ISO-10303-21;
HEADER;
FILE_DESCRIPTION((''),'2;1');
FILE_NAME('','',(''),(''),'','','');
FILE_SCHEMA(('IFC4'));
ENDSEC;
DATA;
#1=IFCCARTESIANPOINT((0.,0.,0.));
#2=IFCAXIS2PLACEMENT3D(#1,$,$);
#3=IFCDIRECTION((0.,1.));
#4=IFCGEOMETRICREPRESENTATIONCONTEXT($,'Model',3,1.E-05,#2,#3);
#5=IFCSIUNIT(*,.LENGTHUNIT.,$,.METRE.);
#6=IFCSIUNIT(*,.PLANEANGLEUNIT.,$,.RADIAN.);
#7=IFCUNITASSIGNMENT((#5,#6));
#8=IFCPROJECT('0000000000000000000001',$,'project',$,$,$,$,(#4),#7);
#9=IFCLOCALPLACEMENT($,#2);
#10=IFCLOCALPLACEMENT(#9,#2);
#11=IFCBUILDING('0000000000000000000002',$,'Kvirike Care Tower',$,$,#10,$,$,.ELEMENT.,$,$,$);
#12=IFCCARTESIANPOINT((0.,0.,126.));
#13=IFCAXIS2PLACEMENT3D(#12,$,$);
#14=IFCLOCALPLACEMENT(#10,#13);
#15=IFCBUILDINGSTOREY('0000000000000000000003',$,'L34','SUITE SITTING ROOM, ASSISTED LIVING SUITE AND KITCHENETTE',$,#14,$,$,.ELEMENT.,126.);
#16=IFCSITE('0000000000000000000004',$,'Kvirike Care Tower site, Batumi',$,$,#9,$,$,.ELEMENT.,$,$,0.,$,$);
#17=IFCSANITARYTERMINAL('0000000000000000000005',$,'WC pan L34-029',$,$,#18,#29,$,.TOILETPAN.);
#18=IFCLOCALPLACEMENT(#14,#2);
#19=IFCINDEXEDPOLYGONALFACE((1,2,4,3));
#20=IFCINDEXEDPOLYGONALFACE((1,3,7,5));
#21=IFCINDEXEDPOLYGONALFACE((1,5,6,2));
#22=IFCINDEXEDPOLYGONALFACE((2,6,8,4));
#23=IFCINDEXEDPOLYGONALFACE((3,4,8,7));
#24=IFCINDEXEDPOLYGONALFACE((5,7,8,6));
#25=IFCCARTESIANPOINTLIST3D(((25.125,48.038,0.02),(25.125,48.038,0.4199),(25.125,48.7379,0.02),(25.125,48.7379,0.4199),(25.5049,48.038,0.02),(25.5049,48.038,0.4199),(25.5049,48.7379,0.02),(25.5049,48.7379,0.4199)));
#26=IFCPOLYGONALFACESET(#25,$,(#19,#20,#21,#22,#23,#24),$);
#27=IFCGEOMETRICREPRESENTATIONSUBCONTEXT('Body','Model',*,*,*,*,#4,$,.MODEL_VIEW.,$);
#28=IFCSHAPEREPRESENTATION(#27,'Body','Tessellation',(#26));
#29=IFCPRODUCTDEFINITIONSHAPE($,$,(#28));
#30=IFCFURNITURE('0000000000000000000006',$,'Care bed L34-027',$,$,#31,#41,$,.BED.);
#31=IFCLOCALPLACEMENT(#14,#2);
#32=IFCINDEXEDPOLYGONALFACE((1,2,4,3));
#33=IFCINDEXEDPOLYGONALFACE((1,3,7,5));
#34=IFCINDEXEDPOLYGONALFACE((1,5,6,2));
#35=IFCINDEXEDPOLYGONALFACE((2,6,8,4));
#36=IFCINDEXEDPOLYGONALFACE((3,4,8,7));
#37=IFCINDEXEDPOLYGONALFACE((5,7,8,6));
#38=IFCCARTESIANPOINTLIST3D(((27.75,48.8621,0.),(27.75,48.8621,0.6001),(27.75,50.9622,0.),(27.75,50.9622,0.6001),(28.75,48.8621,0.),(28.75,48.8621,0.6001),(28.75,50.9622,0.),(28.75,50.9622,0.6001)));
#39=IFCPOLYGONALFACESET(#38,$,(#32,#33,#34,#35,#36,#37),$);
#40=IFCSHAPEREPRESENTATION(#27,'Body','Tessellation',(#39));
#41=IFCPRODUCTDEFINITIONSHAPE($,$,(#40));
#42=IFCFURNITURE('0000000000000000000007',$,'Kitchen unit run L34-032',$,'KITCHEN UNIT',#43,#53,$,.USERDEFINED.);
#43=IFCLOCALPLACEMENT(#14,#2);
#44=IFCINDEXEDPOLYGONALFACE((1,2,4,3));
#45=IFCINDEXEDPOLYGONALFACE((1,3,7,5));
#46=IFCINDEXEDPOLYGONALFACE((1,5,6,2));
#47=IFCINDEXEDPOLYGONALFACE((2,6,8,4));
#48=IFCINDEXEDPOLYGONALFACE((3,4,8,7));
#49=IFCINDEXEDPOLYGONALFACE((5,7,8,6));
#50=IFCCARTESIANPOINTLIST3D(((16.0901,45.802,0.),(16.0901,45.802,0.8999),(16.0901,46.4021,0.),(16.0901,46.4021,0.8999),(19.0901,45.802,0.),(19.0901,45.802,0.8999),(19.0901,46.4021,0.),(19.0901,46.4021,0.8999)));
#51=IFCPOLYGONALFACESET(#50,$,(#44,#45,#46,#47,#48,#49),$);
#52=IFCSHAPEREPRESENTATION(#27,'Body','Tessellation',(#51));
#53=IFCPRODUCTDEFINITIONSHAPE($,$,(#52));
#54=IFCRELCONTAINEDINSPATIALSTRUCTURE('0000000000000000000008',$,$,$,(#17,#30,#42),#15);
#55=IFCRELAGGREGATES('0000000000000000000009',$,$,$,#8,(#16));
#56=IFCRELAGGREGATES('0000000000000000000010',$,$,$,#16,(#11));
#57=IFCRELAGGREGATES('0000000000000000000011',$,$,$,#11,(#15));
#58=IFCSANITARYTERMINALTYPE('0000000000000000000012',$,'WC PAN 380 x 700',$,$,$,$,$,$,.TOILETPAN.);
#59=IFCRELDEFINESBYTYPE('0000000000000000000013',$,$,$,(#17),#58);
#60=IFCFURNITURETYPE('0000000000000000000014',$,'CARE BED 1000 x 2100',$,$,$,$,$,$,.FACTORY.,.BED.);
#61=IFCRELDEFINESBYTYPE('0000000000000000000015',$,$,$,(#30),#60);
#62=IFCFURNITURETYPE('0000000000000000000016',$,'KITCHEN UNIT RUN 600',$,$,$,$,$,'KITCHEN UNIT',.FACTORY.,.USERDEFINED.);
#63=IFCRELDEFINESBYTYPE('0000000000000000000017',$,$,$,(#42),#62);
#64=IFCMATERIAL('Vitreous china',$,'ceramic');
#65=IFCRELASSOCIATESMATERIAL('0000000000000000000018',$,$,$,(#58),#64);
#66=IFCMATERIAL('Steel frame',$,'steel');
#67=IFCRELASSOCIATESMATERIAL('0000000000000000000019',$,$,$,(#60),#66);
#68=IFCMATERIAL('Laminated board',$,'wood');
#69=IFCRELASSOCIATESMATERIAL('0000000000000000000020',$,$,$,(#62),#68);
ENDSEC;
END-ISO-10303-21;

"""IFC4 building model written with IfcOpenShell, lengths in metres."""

from ifc_helpers import new_model, si_unit, direction, frame, origin, origin_2d, place, context, subcontext, project, spatial, rectangle, extrude, material, type_object, element, save


model = new_model("IFC4")

# Units and contexts
model_context = context("Model", 3, precision=1e-05, world=origin(), true_north=direction((0.0, 1.0)))
body_context = subcontext(model_context, "Body", "Model", "MODEL_VIEW")
ifc_project = project(units=[si_unit("LENGTHUNIT", "METRE"), si_unit("PLANEANGLEUNIT", "RADIAN")], contexts=[model_context])

# Site, building, storey
site_placement = place(None, origin())
site = spatial("IfcSite", under=ifc_project, at=site_placement, Name="Kvirike Care Tower site, Batumi", CompositionType="ELEMENT", RefElevation=0.0)
building_placement = place(site_placement, origin())
building = spatial("IfcBuilding", under=site, at=building_placement, Name="Kvirike Care Tower", CompositionType="ELEMENT")
storey_placement = place(building_placement, frame((0.0, 0.0, 126.0)))
storey = spatial("IfcBuildingStorey", under=building, at=storey_placement, Name="L34", Description="SUITE SITTING ROOM, ASSISTED LIVING SUITE AND KITCHENETTE", CompositionType="ELEMENT", Elevation=126.0)

# Sanitary terminal
ifc_material_1 = material(Name="Vitreous china", Category="ceramic")
sanitary_terminal_type_1 = type_object("IfcSanitaryTerminalType", Name="WC PAN 380 x 700", PredefinedType="TOILETPAN", material=ifc_material_1)
sanitary_terminal_1_placement = place(storey_placement, frame((25.3149, 48.3879, 0.02), z_axis=(0.0, 0.0, 1.0), x_axis=(1.0, 0.0, 0.0)))
element("IfcSanitaryTerminal", 1, at=sanitary_terminal_1_placement, inside=storey, type_object=sanitary_terminal_type_1, Name="WC pan L34-029", PredefinedType="TOILETPAN", context=body_context, shape_type="SweptSolid", body=[
    extrude(rectangle(XDim=0.3799, YDim=0.7, at=origin_2d()), origin(), (0.0, 0.0, 1.0), 0.3999),
])

# Furniture
ifc_material_2 = material(Name="Steel frame", Category="steel")
furniture_type_1 = type_object("IfcFurnitureType", Name="CARE BED 1000 x 2100", AssemblyPlace="FACTORY", PredefinedType="BED", material=ifc_material_2)
furniture_1_placement = place(storey_placement, frame((28.25, 49.9121, 0.0), z_axis=(0.0, 0.0, 1.0), x_axis=(-1.0, 0.0, 0.0)))
element("IfcFurniture", 2, at=furniture_1_placement, inside=storey, type_object=furniture_type_1, Name="Care bed L34-027", PredefinedType="BED", context=body_context, shape_type="SweptSolid", body=[
    extrude(rectangle(XDim=1.0, YDim=2.1001, at=origin_2d()), origin(), (0.0, 0.0, 1.0), 0.6001),
])
ifc_material_3 = material(Name="Laminated board", Category="wood")
furniture_type_2 = type_object("IfcFurnitureType", Name="KITCHEN UNIT RUN 600", ElementType="KITCHEN UNIT", AssemblyPlace="FACTORY", PredefinedType="USERDEFINED", material=ifc_material_3)
furniture_2_placement = place(storey_placement, frame((17.5901, 46.1021, 0.0), z_axis=(0.0, 0.0, 1.0), x_axis=(-1.0, 0.0, 0.0)))
element("IfcFurniture", 3, at=furniture_2_placement, inside=storey, type_object=furniture_type_2, Name="Kitchen unit run L34-032", ObjectType="KITCHEN UNIT", PredefinedType="USERDEFINED", context=body_context, shape_type="SweptSolid", body=[
    extrude(rectangle(XDim=3.0, YDim=0.6001, at=origin_2d()), origin(), (0.0, 0.0, 1.0), 0.8999),
])

save(model, "model.ifc")
